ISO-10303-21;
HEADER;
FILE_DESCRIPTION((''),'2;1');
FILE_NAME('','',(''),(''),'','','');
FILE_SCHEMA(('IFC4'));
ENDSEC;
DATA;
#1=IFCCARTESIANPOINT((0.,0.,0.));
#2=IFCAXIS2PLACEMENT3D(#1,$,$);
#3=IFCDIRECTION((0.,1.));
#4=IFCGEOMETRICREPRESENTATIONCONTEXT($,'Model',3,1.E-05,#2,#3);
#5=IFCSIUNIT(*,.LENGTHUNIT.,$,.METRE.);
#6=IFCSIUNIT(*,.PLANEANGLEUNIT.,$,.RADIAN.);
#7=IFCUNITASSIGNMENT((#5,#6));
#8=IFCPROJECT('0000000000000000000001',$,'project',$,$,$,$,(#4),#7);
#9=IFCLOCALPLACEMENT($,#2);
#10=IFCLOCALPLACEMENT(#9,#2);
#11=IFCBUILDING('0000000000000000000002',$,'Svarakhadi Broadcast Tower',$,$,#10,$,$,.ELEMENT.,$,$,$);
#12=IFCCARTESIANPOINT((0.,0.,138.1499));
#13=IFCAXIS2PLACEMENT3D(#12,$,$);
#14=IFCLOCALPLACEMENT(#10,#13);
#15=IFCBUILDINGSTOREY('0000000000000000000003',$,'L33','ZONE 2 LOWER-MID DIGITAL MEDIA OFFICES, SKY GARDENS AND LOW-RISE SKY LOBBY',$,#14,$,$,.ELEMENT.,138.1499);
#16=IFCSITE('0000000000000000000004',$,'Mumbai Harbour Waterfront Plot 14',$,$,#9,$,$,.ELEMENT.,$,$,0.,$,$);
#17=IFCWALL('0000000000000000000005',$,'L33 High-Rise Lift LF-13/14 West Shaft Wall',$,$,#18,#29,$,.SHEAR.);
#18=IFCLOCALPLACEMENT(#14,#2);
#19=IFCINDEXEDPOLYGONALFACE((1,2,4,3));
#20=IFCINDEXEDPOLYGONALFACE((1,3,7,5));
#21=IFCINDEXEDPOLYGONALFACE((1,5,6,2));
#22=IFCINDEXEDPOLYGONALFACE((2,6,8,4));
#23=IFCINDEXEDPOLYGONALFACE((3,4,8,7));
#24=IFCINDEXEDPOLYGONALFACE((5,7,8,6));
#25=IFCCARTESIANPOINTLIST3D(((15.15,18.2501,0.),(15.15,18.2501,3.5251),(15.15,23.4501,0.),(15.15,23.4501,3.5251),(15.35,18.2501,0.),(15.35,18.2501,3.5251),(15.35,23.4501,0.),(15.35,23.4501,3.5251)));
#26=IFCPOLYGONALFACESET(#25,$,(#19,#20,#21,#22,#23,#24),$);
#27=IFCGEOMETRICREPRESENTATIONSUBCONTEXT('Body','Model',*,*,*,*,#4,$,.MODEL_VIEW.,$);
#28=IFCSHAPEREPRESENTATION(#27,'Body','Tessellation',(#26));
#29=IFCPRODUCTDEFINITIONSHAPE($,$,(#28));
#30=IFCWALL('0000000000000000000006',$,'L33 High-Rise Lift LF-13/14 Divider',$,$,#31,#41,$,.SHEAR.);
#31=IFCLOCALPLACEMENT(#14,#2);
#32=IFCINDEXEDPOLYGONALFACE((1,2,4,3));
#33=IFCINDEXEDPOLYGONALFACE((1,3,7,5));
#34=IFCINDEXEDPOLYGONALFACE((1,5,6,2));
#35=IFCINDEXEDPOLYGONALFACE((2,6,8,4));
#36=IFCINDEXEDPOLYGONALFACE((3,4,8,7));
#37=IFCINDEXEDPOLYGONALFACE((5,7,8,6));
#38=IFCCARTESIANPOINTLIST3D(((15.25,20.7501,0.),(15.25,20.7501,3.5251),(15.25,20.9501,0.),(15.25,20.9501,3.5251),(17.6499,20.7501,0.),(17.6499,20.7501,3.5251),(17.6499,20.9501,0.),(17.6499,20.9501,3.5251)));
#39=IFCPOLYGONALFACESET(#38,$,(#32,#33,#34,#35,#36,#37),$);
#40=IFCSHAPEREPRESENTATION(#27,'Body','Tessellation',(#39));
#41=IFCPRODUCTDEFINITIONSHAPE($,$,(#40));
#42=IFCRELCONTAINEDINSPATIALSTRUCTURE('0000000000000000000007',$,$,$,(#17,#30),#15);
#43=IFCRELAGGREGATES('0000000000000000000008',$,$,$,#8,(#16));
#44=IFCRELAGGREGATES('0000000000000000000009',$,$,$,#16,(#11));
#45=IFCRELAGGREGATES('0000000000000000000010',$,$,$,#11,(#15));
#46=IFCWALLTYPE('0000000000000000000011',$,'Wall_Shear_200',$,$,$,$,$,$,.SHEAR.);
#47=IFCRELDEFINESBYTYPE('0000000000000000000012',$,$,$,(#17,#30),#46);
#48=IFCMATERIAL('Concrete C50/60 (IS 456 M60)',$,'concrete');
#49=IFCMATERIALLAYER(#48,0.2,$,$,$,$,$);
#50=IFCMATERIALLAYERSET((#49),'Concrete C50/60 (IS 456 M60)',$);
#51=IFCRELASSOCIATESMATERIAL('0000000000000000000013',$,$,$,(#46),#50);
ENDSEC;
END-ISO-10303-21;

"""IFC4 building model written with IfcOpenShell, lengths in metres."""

from ifc_helpers import new_model, si_unit, direction, frame, frame_2d, origin, place, context, subcontext, project, spatial, rectangle, extrude, material, layer, layer_set, type_object, element, save


model = new_model("IFC4")

# Units and contexts
model_context = context("Model", 3, precision=1e-05, world=origin(), true_north=direction((0.0, 1.0)))
body_context = subcontext(model_context, "Body", "Model", "MODEL_VIEW")
ifc_project = project(units=[si_unit("LENGTHUNIT", "METRE"), si_unit("PLANEANGLEUNIT", "RADIAN")], contexts=[model_context])

# Site, building, storey
site_placement = place(None, origin())
site = spatial("IfcSite", under=ifc_project, at=site_placement, Name="Mumbai Harbour Waterfront Plot 14", CompositionType="ELEMENT", RefElevation=0.0)
building_placement = place(site_placement, origin())
building = spatial("IfcBuilding", under=site, at=building_placement, Name="Svarakhadi Broadcast Tower", CompositionType="ELEMENT")
storey_placement = place(building_placement, frame((0.0, 0.0, 138.1499)))
storey = spatial("IfcBuildingStorey", under=building, at=storey_placement, Name="L33", Description="ZONE 2 LOWER-MID DIGITAL MEDIA OFFICES, SKY GARDENS AND LOW-RISE SKY LOBBY", CompositionType="ELEMENT", Elevation=138.1499)

# Shared definitions
ifc_material_1 = material(Name="Concrete C50/60 (IS 456 M60)", Category="concrete")

# Shared definitions
ifc_layer_1 = layer(ifc_material_1, 0.2)
ifc_layer_set_1 = layer_set([ifc_layer_1], Name="Concrete C50/60 (IS 456 M60)")
wall_type_1 = type_object("IfcWallType", Name="Wall_Shear_200", PredefinedType="SHEAR", material=ifc_layer_set_1)

# Walls
wall_1_placement = place(storey_placement, frame((15.25, 18.25, 0.0), z_axis=(0.0, 0.0, 1.0), x_axis=(0.0, 1.0, 0.0)))
element("IfcWall", 1, at=wall_1_placement, inside=storey, type_object=wall_type_1, Name="L33 High-Rise Lift LF-13/14 West Shaft Wall", PredefinedType="SHEAR", context=body_context, shape_type="SweptSolid", body=[
    extrude(rectangle(XDim=5.2, YDim=0.2, at=frame_2d((2.6001, 0.0))), origin(), (0.0, 0.0, 1.0), 3.5251),
])
wall_2_placement = place(storey_placement, frame((15.25, 20.8501, 0.0), z_axis=(0.0, 0.0, 1.0), x_axis=(1.0, 0.0, 0.0)))
element("IfcWall", 2, at=wall_2_placement, inside=storey, type_object=wall_type_1, Name="L33 High-Rise Lift LF-13/14 Divider", PredefinedType="SHEAR", context=body_context, shape_type="SweptSolid", body=[
    extrude(rectangle(XDim=2.3999, YDim=0.2, at=frame_2d((1.2, 0.0))), origin(), (0.0, 0.0, 1.0), 3.5251),
])

save(model, "model.ifc")
